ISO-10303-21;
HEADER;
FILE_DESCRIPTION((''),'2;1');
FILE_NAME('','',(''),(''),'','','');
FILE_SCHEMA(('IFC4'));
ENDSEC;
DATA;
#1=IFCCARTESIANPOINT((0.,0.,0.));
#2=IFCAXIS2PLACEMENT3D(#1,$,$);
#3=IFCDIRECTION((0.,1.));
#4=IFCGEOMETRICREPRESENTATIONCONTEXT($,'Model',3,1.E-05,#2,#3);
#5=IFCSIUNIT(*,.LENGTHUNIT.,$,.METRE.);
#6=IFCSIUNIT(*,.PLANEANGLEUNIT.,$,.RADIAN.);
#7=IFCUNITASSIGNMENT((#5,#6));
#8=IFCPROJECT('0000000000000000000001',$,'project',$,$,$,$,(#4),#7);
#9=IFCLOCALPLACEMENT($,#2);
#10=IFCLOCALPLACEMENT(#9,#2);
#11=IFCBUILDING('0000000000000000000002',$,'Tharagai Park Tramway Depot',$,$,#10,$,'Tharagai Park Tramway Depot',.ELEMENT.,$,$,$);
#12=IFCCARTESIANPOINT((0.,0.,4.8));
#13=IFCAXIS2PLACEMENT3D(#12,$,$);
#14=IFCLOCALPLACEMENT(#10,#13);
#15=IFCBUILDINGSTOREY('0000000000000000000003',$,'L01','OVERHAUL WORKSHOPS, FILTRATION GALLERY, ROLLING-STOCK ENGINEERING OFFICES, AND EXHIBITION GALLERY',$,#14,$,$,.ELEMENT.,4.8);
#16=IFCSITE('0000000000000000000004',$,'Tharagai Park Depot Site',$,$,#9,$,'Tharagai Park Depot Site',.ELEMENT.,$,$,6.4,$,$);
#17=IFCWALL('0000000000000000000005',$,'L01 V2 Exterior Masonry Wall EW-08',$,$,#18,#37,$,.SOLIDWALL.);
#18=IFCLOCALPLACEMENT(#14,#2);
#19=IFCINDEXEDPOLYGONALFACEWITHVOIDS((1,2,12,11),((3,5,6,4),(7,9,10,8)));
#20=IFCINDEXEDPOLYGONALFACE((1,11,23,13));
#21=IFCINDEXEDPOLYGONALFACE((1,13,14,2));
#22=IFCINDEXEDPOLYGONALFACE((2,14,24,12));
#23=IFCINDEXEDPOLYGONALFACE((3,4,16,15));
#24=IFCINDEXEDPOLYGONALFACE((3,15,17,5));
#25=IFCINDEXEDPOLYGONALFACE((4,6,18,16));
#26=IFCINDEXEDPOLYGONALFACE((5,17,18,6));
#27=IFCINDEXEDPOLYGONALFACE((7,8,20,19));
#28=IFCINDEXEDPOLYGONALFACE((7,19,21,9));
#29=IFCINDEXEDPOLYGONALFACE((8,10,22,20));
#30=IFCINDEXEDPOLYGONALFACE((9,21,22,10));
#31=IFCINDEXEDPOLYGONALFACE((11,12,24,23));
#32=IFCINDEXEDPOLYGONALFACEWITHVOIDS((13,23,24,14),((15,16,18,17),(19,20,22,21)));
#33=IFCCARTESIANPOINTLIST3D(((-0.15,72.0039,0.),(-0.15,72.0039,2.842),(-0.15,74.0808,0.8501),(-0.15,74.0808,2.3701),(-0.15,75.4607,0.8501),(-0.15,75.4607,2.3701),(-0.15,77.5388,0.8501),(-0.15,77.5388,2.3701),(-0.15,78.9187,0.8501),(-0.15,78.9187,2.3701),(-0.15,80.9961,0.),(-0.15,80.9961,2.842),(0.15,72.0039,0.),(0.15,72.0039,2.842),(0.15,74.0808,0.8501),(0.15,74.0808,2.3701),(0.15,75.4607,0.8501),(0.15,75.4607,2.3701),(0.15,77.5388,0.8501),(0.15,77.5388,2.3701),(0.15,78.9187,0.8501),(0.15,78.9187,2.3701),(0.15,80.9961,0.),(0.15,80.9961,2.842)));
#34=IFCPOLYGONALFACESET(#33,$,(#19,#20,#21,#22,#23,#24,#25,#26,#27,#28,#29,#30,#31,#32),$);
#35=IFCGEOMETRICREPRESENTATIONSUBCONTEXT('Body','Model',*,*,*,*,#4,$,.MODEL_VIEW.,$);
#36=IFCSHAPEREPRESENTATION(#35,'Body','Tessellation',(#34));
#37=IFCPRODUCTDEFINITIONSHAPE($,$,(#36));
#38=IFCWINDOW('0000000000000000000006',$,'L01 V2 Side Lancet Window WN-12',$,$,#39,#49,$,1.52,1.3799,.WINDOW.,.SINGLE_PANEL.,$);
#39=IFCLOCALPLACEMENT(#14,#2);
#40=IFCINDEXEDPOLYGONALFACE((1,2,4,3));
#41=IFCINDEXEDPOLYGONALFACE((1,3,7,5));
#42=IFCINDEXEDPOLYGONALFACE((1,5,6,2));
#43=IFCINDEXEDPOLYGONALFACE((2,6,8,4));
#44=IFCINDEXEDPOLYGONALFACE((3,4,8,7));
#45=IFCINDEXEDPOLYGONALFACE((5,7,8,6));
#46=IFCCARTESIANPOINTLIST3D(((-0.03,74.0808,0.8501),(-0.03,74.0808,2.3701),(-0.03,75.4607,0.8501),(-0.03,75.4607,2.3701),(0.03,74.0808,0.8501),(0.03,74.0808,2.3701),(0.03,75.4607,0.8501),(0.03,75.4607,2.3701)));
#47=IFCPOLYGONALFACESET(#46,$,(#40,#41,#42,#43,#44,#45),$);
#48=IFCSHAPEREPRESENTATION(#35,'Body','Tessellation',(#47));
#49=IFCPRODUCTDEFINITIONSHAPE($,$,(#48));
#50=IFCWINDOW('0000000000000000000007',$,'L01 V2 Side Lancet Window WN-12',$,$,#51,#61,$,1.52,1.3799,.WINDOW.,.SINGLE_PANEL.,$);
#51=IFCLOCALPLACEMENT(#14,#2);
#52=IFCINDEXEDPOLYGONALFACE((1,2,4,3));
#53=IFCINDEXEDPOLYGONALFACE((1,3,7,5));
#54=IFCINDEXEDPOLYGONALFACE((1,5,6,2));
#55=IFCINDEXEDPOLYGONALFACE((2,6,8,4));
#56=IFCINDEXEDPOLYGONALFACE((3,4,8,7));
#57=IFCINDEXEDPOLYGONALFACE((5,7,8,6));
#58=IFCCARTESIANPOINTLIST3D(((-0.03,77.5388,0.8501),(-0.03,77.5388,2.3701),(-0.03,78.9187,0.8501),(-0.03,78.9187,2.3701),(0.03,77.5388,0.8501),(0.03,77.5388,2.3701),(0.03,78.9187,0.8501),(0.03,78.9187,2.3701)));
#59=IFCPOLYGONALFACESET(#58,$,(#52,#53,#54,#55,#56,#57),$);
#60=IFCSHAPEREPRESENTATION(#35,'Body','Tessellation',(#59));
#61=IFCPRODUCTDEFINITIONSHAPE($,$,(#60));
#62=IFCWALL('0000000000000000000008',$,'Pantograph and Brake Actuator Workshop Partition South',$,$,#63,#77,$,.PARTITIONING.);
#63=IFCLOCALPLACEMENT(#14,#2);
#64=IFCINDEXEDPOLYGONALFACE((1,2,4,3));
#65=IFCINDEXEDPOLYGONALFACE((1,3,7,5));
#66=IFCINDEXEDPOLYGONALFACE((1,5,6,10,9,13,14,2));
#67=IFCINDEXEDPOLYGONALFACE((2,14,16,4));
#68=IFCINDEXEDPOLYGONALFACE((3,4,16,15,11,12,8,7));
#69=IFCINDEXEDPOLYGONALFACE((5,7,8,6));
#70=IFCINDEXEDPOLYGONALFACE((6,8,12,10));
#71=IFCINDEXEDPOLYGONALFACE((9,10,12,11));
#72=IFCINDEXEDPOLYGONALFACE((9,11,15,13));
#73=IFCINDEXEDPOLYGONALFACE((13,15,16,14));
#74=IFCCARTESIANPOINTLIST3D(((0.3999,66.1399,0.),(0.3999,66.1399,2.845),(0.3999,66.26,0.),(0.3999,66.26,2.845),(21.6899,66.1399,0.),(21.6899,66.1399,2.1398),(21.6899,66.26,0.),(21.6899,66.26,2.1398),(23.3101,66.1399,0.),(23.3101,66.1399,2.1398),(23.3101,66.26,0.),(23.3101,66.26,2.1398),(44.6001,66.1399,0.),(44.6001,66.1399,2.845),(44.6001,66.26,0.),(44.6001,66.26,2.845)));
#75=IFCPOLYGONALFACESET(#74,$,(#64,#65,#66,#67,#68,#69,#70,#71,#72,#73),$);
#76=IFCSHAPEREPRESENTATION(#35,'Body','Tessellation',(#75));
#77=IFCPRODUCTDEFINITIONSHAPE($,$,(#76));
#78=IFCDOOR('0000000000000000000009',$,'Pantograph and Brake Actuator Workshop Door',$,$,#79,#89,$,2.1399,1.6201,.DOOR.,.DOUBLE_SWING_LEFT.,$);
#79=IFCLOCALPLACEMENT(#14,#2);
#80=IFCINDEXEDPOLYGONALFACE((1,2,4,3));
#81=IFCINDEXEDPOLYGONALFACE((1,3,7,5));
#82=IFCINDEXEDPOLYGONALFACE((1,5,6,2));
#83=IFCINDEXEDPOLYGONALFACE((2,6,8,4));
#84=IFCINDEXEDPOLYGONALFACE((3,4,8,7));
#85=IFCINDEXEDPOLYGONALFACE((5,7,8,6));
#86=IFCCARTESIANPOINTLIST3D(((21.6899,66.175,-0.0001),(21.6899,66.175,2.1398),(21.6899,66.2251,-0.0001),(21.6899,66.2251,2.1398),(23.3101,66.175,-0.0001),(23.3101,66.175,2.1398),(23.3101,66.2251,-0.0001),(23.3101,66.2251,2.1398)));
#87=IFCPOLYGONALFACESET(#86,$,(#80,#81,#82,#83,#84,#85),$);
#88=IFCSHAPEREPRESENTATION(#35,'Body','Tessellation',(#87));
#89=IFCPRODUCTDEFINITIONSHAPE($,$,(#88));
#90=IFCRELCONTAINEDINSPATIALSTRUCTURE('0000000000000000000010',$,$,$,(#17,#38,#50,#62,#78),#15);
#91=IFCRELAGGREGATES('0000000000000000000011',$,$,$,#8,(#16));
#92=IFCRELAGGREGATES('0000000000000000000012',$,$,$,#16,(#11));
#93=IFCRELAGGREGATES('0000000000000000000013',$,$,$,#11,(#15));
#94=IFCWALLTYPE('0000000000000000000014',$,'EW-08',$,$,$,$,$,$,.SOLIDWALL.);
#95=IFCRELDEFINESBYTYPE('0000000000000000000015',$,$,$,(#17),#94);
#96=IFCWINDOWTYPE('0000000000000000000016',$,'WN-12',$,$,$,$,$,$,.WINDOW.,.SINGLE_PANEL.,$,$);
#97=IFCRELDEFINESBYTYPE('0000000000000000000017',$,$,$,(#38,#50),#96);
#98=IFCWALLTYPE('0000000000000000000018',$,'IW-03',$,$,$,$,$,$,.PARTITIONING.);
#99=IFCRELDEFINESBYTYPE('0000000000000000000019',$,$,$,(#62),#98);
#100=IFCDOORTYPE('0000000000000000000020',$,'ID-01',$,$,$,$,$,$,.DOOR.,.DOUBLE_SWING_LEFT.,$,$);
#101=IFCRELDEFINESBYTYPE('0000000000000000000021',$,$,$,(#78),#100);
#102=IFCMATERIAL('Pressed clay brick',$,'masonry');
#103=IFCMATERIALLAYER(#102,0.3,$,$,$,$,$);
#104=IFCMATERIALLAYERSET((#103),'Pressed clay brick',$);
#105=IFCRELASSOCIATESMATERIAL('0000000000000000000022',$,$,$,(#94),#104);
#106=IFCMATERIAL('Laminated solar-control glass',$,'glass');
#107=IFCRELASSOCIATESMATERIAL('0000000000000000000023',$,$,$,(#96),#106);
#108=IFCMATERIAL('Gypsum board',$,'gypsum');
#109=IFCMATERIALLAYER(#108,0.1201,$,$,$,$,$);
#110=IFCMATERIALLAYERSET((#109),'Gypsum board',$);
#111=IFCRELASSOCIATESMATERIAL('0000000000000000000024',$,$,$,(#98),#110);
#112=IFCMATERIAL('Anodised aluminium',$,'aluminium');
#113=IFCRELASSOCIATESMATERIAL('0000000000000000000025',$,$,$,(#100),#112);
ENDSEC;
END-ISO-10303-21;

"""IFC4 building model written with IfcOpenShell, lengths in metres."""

from ifc_helpers import new_model, si_unit, direction, frame, frame_2d, origin, place, context, subcontext, project, spatial, rectangle, extrude, material, layer, layer_set, type_object, element, fill, save


model = new_model("IFC4")

# Units and contexts
model_context = context("Model", 3, precision=1e-05, world=origin(), true_north=direction((0.0, 1.0)))
body_context = subcontext(model_context, "Body", "Model", "MODEL_VIEW")
ifc_project = project(units=[si_unit("LENGTHUNIT", "METRE"), si_unit("PLANEANGLEUNIT", "RADIAN")], contexts=[model_context])

# Site, building, storey
site_placement = place(None, origin())
site = spatial("IfcSite", under=ifc_project, at=site_placement, Name="Tharagai Park Depot Site", LongName="Tharagai Park Depot Site", CompositionType="ELEMENT", RefElevation=6.4)
building_placement = place(site_placement, origin())
building = spatial("IfcBuilding", under=site, at=building_placement, Name="Tharagai Park Tramway Depot", LongName="Tharagai Park Tramway Depot", CompositionType="ELEMENT")
storey_placement = place(building_placement, frame((0.0, 0.0, 4.8)))
storey = spatial("IfcBuildingStorey", under=building, at=storey_placement, Name="L01", Description="OVERHAUL WORKSHOPS, FILTRATION GALLERY, ROLLING-STOCK ENGINEERING OFFICES, AND EXHIBITION GALLERY", CompositionType="ELEMENT", Elevation=4.8)

# Shared definitions
ifc_material_1 = material(Name="Anodised aluminium", Category="aluminium")

# Shared definitions
ifc_material_2 = material(Name="Laminated solar-control glass", Category="glass")

# Wall, openings, windows
ifc_material_3 = material(Name="Pressed clay brick", Category="masonry")
ifc_layer_1 = layer(ifc_material_3, 0.3)
ifc_layer_set_1 = layer_set([ifc_layer_1], Name="Pressed clay brick")
wall_type_1 = type_object("IfcWallType", Name="EW-08", PredefinedType="SOLIDWALL", material=ifc_layer_set_1)
wall_1_placement = place(storey_placement, frame((0.0, 72.0039, 0.0), z_axis=(0.0, 0.0, 1.0), x_axis=(0.0, 1.0, 0.0)))
wall_1 = element("IfcWall", 1, at=wall_1_placement, inside=storey, type_object=wall_type_1, Name="L01 V2 Exterior Masonry Wall EW-08", PredefinedType="SOLIDWALL", context=body_context, shape_type="SweptSolid", body=[
    extrude(rectangle(XDim=8.9922, YDim=0.3, at=frame_2d((4.4961, 0.0))), origin(), (0.0, 0.0, 1.0), 2.842),
])
opening_1_placement = place(wall_1_placement, frame((2.0769, 0.0, 0.8501)))
opening_1 = element("IfcOpeningElement", 2, at=opening_1_placement, cuts=wall_1, PredefinedType="OPENING", context=body_context, shape_type="SweptSolid", body=[
    extrude(rectangle(XDim=1.3799, YDim=1.52, at=frame_2d((0.6899, 0.76))), frame((0.0, 0.1599, 0.0), z_axis=(0.0, -1.0, 0.0), x_axis=(1.0, 0.0, 0.0)), (0.0, 0.0, 1.0), 0.3201),
])
opening_2_placement = place(wall_1_placement, frame((5.5349, 0.0, 0.8501)))
opening_2 = element("IfcOpeningElement", 3, at=opening_2_placement, cuts=wall_1, PredefinedType="OPENING", context=body_context, shape_type="SweptSolid", body=[
    extrude(rectangle(XDim=1.3799, YDim=1.52, at=frame_2d((0.6899, 0.76))), frame((0.0, 0.1599, 0.0), z_axis=(0.0, -1.0, 0.0), x_axis=(1.0, 0.0, 0.0)), (0.0, 0.0, 1.0), 0.3201),
])
window_type = type_object("IfcWindowType", Name="WN-12", PartitioningType="SINGLE_PANEL", PredefinedType="WINDOW", material=ifc_material_2)
window_1_placement = place(opening_1_placement, origin())
window_1 = element("IfcWindow", 4, at=window_1_placement, inside=storey, type_object=window_type, Name="L01 V2 Side Lancet Window WN-12", OverallHeight=1.52, OverallWidth=1.3799, PartitioningType="SINGLE_PANEL", PredefinedType="WINDOW", context=body_context, shape_type="SweptSolid", body=[
    extrude(rectangle(XDim=1.3799, YDim=1.52, at=frame_2d((0.6899, 0.76))), frame((0.0, 0.03, 0.0), z_axis=(0.0, -1.0, 0.0), x_axis=(1.0, 0.0, 0.0)), (0.0, 0.0, 1.0), 0.0601),
])
fill(opening_1, window_1)
window_2_placement = place(opening_2_placement, origin())
window_2 = element("IfcWindow", 5, at=window_2_placement, inside=storey, type_object=window_type, Name="L01 V2 Side Lancet Window WN-12", OverallHeight=1.52, OverallWidth=1.3799, PartitioningType="SINGLE_PANEL", PredefinedType="WINDOW", context=body_context, shape_type="SweptSolid", body=[
    extrude(rectangle(XDim=1.3799, YDim=1.52, at=frame_2d((0.6899, 0.76))), frame((0.0, 0.03, 0.0), z_axis=(0.0, -1.0, 0.0), x_axis=(1.0, 0.0, 0.0)), (0.0, 0.0, 1.0), 0.0601),
])
fill(opening_2, window_2)

# Wall, opening, door
ifc_material_4 = material(Name="Gypsum board", Category="gypsum")
ifc_layer_2 = layer(ifc_material_4, 0.1201)
ifc_layer_set_2 = layer_set([ifc_layer_2], Name="Gypsum board")
wall_type_2 = type_object("IfcWallType", Name="IW-03", PredefinedType="PARTITIONING", material=ifc_layer_set_2)
wall_2_placement = place(storey_placement, frame((0.3999, 66.2, 0.0), z_axis=(0.0, 0.0, 1.0), x_axis=(1.0, 0.0, 0.0)))
wall_2 = element("IfcWall", 6, at=wall_2_placement, inside=storey, type_object=wall_type_2, Name="Pantograph and Brake Actuator Workshop Partition South", PredefinedType="PARTITIONING", context=body_context, shape_type="SweptSolid", body=[
    extrude(rectangle(XDim=44.2002, YDim=0.1201, at=frame_2d((22.1001, 0.0))), origin(), (0.0, 0.0, 1.0), 2.845),
])
opening_3_placement = place(wall_2_placement, frame((21.29, 0.0, 0.0)))
opening_3 = element("IfcOpeningElement", 7, at=opening_3_placement, cuts=wall_2, PredefinedType="OPENING", context=body_context, shape_type="SweptSolid", body=[
    extrude(rectangle(XDim=1.6201, YDim=2.1399, at=frame_2d((0.8101, 1.0698))), frame((0.0, 0.0701, 0.0), z_axis=(0.0, -1.0, 0.0), x_axis=(1.0, 0.0, 0.0)), (0.0, 0.0, 1.0), 0.1401),
])
door_type = type_object("IfcDoorType", Name="ID-01", OperationType="DOUBLE_SWING_LEFT", PredefinedType="DOOR", material=ifc_material_1)
door_placement = place(opening_3_placement, frame((1.6201, 0.0, 0.0), z_axis=(0.0, 0.0, 1.0), x_axis=(-1.0, 0.0, 0.0)))
door = element("IfcDoor", 8, at=door_placement, inside=storey, type_object=door_type, Name="Pantograph and Brake Actuator Workshop Door", OperationType="DOUBLE_SWING_LEFT", OverallHeight=2.1399, OverallWidth=1.6201, PredefinedType="DOOR", context=body_context, shape_type="SweptSolid", body=[
    extrude(rectangle(XDim=1.6201, YDim=2.1399, at=frame_2d((0.8101, 1.0698))), frame((0.0, 0.0249, 0.0), z_axis=(0.0, -1.0, 0.0), x_axis=(1.0, 0.0, 0.0)), (0.0, 0.0, 1.0), 0.05),
])
fill(opening_3, door)

save(model, "model.ifc")
